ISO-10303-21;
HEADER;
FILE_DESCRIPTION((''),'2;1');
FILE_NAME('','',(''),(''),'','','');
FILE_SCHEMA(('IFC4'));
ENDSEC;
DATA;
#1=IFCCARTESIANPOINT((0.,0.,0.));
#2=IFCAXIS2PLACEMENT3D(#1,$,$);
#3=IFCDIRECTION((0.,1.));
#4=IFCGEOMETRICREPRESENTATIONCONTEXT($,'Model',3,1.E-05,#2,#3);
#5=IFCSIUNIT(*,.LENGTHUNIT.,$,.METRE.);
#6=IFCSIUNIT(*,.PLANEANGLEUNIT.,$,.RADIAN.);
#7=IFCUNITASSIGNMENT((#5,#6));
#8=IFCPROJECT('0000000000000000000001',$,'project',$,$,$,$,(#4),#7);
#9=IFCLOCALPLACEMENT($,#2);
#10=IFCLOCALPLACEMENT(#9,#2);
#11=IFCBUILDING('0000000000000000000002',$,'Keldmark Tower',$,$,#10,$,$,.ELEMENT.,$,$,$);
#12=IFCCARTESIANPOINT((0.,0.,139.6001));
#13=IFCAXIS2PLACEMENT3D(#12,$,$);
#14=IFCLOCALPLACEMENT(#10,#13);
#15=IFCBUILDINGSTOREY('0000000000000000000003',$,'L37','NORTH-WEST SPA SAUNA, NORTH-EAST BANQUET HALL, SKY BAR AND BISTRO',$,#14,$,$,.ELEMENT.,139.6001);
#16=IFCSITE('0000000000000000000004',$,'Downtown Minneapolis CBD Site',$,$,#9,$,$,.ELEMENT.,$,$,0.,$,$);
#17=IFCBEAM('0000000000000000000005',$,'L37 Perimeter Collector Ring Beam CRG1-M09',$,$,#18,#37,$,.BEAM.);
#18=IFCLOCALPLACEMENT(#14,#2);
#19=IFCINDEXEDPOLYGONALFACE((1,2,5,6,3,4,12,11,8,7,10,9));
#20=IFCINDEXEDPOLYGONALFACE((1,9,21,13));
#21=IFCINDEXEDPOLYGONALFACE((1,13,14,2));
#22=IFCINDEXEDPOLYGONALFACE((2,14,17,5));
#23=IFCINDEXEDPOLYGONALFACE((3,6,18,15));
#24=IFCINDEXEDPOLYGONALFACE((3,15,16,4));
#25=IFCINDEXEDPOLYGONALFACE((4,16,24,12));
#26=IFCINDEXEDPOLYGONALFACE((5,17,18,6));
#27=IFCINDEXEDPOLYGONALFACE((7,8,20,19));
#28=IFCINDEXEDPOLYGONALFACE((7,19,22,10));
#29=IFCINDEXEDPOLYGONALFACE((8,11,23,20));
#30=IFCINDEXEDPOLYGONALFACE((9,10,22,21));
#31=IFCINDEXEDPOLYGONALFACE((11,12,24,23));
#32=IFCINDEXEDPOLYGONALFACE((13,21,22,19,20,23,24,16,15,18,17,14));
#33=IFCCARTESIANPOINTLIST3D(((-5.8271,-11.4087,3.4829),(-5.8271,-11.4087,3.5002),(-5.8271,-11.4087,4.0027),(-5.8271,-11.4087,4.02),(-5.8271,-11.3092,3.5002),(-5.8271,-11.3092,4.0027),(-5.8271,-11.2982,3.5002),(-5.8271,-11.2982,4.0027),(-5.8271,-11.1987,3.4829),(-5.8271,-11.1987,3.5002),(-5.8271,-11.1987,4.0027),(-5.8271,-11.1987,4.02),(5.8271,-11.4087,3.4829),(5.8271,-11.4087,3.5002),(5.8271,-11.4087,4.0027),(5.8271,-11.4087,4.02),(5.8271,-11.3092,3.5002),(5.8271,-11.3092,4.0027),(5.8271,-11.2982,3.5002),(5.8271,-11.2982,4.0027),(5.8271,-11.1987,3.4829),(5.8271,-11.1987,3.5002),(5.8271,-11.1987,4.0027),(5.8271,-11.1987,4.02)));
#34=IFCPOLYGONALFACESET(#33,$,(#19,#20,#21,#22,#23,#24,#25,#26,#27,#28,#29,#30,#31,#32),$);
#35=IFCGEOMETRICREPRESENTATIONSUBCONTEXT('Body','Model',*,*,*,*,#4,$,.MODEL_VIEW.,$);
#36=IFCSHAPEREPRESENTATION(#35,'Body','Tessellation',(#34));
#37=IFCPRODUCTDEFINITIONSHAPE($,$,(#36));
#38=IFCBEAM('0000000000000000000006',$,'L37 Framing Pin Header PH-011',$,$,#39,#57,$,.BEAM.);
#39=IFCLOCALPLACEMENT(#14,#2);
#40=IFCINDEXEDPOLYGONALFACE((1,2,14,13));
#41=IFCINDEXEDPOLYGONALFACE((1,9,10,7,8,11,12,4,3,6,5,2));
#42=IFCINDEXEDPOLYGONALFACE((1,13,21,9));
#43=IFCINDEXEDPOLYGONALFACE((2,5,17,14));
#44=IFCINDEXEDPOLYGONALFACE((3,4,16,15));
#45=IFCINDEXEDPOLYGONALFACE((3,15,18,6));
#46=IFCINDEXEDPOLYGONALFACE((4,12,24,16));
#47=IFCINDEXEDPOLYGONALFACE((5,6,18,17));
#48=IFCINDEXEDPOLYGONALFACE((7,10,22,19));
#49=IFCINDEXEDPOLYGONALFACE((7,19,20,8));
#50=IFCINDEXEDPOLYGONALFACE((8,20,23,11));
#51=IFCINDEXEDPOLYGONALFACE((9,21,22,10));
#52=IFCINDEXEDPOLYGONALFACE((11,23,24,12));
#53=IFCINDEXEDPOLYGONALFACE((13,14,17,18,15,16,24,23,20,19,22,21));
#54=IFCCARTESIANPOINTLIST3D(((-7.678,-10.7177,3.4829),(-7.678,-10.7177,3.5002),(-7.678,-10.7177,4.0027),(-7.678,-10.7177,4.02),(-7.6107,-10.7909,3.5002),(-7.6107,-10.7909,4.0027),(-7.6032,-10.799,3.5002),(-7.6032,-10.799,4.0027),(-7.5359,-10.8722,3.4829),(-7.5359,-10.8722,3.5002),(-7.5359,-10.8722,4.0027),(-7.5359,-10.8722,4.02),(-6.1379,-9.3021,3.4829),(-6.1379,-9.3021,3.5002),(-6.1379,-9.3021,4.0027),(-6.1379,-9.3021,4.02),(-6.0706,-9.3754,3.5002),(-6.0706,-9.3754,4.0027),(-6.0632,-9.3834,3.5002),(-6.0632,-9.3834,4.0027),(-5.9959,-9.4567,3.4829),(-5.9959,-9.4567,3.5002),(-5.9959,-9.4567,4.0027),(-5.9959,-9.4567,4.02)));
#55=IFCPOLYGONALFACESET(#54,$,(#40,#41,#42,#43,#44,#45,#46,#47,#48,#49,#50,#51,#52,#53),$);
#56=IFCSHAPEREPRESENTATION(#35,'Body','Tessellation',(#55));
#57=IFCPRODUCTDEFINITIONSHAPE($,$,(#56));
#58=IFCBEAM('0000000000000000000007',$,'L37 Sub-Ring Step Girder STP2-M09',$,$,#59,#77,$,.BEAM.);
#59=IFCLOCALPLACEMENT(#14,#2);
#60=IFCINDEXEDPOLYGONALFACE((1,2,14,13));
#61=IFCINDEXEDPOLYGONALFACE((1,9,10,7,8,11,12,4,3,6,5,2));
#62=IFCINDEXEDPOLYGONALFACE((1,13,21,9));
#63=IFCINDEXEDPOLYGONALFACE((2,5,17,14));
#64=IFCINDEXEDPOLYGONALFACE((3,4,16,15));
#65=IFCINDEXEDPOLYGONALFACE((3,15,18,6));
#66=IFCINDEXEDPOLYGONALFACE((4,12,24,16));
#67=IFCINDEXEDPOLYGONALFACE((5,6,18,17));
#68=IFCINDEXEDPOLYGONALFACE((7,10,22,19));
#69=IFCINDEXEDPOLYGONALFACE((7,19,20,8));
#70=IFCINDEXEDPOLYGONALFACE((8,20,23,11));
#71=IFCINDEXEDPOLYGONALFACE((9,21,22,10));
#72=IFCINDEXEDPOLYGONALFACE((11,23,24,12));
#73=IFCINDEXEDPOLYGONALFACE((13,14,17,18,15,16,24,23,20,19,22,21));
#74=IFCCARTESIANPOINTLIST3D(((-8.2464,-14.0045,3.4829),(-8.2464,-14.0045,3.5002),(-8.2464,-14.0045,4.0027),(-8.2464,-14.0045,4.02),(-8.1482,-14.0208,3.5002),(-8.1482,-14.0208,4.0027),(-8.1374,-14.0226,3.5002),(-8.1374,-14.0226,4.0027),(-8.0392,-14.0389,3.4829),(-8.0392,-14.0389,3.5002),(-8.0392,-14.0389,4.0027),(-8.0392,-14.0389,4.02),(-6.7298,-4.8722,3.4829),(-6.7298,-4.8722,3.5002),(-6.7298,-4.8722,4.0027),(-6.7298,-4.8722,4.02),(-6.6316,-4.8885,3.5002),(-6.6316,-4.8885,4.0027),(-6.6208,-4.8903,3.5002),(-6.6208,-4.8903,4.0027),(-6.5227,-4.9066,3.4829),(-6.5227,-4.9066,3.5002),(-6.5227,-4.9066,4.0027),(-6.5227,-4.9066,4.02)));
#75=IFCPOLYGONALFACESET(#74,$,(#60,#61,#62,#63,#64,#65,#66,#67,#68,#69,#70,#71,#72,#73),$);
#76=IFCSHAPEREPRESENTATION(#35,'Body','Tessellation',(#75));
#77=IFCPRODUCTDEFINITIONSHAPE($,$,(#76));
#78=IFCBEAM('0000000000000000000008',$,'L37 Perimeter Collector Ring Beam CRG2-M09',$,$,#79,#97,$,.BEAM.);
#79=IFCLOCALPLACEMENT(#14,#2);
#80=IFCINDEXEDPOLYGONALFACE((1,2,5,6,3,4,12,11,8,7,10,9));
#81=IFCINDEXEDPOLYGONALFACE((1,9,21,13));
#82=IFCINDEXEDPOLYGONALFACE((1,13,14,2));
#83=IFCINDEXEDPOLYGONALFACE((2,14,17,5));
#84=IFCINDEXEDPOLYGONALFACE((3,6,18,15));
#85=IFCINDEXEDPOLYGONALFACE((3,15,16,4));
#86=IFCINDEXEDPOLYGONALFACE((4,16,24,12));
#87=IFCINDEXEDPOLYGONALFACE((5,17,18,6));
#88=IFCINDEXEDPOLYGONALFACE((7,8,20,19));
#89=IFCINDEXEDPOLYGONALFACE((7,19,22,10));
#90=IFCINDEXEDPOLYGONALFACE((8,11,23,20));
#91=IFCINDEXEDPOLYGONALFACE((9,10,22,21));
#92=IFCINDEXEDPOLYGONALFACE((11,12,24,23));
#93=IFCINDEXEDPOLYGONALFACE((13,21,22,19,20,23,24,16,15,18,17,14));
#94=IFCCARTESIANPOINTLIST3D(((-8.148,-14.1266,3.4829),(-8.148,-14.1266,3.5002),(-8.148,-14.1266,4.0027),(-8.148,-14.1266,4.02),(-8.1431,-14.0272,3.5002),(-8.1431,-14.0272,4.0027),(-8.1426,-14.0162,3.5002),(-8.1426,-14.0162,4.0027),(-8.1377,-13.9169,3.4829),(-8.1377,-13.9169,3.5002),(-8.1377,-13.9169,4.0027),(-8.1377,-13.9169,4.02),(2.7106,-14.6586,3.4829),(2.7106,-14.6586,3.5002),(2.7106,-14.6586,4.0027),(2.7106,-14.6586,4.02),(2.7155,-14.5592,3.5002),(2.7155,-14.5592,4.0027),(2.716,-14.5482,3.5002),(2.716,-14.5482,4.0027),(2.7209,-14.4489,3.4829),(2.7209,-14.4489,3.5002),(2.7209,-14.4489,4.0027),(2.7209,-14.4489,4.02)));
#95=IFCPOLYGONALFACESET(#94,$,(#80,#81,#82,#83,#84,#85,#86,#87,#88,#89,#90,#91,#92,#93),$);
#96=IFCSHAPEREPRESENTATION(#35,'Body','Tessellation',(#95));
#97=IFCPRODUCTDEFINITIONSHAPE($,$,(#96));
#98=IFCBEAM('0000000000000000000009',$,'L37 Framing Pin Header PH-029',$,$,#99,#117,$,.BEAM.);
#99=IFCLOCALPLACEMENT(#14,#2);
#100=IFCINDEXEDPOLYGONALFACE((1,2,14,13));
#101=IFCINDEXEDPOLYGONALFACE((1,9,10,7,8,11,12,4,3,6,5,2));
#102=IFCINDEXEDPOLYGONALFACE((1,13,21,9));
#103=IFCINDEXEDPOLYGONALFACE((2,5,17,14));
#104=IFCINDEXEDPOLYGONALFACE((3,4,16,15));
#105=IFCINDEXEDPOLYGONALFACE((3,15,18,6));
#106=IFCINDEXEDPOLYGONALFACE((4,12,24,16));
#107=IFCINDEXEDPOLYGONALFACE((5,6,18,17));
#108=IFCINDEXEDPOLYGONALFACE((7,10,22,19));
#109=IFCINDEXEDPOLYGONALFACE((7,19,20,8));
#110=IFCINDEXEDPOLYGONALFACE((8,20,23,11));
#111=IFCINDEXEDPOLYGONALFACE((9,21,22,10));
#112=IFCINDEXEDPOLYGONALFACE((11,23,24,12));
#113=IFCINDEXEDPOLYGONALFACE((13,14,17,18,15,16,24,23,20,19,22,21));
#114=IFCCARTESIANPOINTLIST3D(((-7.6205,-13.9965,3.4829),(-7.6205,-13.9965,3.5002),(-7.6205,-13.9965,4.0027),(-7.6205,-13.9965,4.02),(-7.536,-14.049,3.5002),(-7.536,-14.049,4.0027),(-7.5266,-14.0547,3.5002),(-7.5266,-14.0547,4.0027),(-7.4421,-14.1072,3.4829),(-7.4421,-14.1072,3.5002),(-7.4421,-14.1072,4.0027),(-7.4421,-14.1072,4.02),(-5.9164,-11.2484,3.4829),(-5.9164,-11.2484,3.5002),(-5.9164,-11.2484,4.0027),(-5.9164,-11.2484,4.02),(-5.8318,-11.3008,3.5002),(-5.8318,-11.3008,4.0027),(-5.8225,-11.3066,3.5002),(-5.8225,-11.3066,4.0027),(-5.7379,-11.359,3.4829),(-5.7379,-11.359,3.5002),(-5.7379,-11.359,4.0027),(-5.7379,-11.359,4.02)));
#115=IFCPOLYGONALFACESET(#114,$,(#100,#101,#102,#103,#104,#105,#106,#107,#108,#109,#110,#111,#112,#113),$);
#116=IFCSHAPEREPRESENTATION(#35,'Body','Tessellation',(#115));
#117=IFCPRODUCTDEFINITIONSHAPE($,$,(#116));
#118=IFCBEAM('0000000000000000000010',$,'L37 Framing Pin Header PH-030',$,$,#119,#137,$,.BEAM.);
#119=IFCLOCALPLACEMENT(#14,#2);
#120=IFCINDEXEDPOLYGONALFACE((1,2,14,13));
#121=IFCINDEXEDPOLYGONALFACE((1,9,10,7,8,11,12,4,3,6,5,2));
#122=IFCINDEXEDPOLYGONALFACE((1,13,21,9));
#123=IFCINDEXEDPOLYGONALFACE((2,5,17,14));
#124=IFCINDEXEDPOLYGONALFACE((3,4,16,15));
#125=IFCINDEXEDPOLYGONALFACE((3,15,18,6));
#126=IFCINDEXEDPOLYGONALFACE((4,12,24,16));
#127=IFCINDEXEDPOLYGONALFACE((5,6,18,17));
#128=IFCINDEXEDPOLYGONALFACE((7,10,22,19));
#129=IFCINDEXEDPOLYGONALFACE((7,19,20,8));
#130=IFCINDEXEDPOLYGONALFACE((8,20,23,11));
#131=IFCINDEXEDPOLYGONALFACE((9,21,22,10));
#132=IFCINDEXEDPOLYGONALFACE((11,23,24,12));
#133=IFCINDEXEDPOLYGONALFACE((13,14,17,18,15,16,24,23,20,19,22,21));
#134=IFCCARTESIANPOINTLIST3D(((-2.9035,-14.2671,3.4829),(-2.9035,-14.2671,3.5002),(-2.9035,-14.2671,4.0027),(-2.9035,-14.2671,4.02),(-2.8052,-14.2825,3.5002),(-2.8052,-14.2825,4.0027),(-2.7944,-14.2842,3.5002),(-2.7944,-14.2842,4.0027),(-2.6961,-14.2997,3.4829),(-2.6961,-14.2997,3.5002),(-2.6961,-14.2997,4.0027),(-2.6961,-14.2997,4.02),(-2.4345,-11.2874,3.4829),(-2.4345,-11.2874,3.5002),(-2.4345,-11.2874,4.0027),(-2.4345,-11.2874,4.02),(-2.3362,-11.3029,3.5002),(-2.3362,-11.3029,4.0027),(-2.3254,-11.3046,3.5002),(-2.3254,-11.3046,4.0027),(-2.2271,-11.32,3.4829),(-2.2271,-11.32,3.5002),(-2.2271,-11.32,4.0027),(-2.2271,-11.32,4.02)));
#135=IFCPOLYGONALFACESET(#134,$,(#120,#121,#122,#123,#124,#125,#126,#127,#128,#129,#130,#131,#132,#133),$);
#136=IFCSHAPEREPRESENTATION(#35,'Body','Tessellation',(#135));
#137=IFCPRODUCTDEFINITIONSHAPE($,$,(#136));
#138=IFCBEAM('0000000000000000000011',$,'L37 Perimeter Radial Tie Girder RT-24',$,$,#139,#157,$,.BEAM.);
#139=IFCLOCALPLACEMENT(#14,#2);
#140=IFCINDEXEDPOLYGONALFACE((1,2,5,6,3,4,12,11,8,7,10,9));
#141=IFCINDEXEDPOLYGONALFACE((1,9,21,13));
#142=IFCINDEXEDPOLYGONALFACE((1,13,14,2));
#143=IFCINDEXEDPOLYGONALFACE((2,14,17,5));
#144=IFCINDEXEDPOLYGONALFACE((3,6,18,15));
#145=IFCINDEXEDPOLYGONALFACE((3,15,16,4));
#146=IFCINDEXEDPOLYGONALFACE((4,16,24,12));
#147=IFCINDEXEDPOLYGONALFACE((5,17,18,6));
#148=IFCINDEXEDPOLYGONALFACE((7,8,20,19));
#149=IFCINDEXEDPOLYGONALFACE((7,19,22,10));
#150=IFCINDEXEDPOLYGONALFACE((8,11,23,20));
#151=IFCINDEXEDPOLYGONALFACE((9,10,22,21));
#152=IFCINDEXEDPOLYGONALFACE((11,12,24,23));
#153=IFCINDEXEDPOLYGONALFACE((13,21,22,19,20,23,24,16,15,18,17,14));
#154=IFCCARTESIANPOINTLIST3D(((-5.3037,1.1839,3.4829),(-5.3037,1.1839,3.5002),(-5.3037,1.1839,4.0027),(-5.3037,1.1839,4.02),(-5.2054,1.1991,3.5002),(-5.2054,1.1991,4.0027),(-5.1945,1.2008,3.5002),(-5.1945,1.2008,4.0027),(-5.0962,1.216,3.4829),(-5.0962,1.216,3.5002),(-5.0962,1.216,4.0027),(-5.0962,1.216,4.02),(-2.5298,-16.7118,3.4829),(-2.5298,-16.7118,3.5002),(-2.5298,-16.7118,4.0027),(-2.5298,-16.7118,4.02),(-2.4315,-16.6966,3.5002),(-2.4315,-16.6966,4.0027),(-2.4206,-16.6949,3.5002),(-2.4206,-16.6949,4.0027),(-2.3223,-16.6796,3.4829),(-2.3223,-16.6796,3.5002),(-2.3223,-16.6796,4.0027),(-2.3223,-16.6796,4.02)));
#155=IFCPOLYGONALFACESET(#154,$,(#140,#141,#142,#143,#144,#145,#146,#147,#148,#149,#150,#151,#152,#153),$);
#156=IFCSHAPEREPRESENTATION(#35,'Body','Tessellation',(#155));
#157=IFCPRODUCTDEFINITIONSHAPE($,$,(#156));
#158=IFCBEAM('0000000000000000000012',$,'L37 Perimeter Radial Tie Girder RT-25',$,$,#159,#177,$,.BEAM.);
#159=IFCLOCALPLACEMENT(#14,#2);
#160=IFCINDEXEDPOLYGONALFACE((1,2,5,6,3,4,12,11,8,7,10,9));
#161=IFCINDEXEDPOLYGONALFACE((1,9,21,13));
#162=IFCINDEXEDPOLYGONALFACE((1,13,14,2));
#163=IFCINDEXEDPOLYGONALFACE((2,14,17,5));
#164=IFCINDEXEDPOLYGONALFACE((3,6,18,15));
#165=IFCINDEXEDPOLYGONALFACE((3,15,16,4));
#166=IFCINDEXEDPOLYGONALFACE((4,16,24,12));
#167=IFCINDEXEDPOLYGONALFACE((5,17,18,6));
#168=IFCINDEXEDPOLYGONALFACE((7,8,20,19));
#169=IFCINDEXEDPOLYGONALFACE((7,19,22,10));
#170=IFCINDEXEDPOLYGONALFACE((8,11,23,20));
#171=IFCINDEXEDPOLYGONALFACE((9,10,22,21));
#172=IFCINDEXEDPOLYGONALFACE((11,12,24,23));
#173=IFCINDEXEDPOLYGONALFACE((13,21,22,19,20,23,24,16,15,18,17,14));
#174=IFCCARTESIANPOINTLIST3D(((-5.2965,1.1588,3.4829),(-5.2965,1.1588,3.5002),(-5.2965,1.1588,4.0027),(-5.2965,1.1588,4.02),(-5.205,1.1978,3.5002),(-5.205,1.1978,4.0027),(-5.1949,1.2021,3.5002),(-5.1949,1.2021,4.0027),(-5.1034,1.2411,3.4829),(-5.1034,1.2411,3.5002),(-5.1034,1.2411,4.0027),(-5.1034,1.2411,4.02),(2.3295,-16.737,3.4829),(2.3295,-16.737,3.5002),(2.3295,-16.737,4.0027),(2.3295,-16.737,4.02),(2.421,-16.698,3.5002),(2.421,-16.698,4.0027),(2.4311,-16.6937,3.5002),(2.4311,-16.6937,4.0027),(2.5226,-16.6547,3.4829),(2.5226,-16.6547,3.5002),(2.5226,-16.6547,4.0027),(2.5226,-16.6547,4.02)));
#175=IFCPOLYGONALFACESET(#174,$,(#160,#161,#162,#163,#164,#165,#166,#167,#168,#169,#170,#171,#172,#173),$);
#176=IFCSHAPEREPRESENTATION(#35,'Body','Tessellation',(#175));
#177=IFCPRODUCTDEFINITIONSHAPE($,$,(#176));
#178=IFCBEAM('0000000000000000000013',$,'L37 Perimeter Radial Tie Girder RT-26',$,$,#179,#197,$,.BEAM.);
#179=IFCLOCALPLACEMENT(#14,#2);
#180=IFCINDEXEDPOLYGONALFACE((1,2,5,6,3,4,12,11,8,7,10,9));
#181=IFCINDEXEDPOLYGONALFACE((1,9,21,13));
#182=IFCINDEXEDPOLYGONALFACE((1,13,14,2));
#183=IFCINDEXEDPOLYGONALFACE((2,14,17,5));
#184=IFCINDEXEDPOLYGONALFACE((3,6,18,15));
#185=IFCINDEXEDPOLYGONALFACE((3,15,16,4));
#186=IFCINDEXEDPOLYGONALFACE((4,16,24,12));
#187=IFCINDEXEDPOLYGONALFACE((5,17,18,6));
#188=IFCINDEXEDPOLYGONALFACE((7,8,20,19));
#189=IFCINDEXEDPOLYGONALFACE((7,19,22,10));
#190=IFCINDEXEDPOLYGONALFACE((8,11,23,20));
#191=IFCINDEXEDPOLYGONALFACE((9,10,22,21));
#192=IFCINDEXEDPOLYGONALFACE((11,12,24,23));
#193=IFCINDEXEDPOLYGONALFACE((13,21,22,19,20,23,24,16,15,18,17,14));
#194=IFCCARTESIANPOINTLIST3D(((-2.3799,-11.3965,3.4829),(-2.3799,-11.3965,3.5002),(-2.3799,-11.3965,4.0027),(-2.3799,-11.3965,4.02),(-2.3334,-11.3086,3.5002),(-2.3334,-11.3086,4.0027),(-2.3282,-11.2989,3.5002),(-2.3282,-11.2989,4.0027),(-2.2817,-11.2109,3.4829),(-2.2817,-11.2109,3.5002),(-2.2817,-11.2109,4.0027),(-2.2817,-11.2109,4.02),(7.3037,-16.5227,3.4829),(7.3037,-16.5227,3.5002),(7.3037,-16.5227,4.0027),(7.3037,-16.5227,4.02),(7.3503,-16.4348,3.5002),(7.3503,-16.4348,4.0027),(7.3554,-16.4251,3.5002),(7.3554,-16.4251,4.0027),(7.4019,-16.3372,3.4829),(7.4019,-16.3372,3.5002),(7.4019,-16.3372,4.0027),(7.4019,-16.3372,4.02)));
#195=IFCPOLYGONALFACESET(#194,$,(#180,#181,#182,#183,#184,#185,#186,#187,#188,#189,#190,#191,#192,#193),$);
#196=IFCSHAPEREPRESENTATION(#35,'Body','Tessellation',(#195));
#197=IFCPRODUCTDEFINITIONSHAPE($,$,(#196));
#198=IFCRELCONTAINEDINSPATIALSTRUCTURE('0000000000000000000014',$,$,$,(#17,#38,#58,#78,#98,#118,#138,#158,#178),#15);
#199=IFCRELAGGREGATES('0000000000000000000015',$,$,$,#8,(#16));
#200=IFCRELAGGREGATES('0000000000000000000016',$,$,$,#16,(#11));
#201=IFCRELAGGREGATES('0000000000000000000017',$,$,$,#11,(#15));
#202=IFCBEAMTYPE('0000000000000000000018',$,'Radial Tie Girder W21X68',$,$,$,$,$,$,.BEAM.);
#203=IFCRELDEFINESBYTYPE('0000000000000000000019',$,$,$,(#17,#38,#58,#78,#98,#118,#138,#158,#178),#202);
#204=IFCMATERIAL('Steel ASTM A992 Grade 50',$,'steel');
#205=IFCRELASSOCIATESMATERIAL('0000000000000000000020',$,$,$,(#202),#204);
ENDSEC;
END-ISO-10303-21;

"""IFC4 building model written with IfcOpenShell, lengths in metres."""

from ifc_helpers import new_model, si_unit, direction, frame, origin, origin_2d, place, context, subcontext, project, spatial, i_section, extrude, material, material_profile, profile_set, type_object, element, save


model = new_model("IFC4")

# Units and contexts
model_context = context("Model", 3, precision=1e-05, world=origin(), true_north=direction((0.0, 1.0)))
body_context = subcontext(model_context, "Body", "Model", "MODEL_VIEW")
ifc_project = project(units=[si_unit("LENGTHUNIT", "METRE"), si_unit("PLANEANGLEUNIT", "RADIAN")], contexts=[model_context])

# Site, building, storey
site_placement = place(None, origin())
site = spatial("IfcSite", under=ifc_project, at=site_placement, Name="Downtown Minneapolis CBD Site", CompositionType="ELEMENT", RefElevation=0.0)
building_placement = place(site_placement, origin())
building = spatial("IfcBuilding", under=site, at=building_placement, Name="Keldmark Tower", CompositionType="ELEMENT")
storey_placement = place(building_placement, frame((0.0, 0.0, 139.6001)))
storey = spatial("IfcBuildingStorey", under=building, at=storey_placement, Name="L37", Description="NORTH-WEST SPA SAUNA, NORTH-EAST BANQUET HALL, SKY BAR AND BISTRO", CompositionType="ELEMENT", Elevation=139.6001)

# Beams
ifc_material_1 = material(Name="Steel ASTM A992 Grade 50", Category="steel")
ifc_material_profile_1 = material_profile(ifc_material_1, i_section(OverallWidth=0.21, OverallDepth=0.5371, WebThickness=0.011, FlangeThickness=0.0173, at=origin_2d()), Name="W21X68")
ifc_profile_set_1 = profile_set([ifc_material_profile_1], Name="Steel ASTM A992 Grade 50")
beam_type_1 = type_object("IfcBeamType", Name="Radial Tie Girder W21X68", PredefinedType="BEAM", material=ifc_profile_set_1)
beam_1_placement = place(storey_placement, frame((-5.8271, -11.3037, 3.7515), z_axis=(1.0, 0.0, 0.0), x_axis=(0.0, 1.0, 0.0)))
element("IfcBeam", 1, at=beam_1_placement, inside=storey, type_object=beam_type_1, Name="L37 Perimeter Collector Ring Beam CRG1-M09", PredefinedType="BEAM", context=body_context, shape_type="SweptSolid", body=[
    extrude(i_section(OverallWidth=0.21, OverallDepth=0.5371, WebThickness=0.011, FlangeThickness=0.0173, at=origin_2d()), origin(), (0.0, 0.0, 1.0), 11.6543),
])
beam_2_placement = place(storey_placement, frame((-6.0669, -9.3794, 3.7515), z_axis=(-0.736243, -0.676718, 0.0), x_axis=(0.676718, -0.736243, 0.0)))
element("IfcBeam", 2, at=beam_2_placement, inside=storey, type_object=beam_type_1, Name="L37 Framing Pin Header PH-011", PredefinedType="BEAM", context=body_context, shape_type="SweptSolid", body=[
    extrude(i_section(OverallWidth=0.21, OverallDepth=0.5371, WebThickness=0.011, FlangeThickness=0.0173, at=origin_2d()), origin(), (0.0, 0.0, 1.0), 2.0918),
])
beam_3_placement = place(storey_placement, frame((-6.6262, -4.8894, 3.7515), z_axis=(-0.163826, -0.986489, 0.0), x_axis=(0.986489, -0.163826, 0.0)))
element("IfcBeam", 3, at=beam_3_placement, inside=storey, type_object=beam_type_1, Name="L37 Sub-Ring Step Girder STP2-M09", PredefinedType="BEAM", context=body_context, shape_type="SweptSolid", body=[
    extrude(i_section(OverallWidth=0.21, OverallDepth=0.5371, WebThickness=0.011, FlangeThickness=0.0173, at=origin_2d()), origin(), (0.0, 0.0, 1.0), 9.2573),
])
beam_4_placement = place(storey_placement, frame((-8.1428, -14.0217, 3.7515), z_axis=(0.998802, -0.048933, 0.0), x_axis=(0.048933, 0.998802, 0.0)))
element("IfcBeam", 4, at=beam_4_placement, inside=storey, type_object=beam_type_1, Name="L37 Perimeter Collector Ring Beam CRG2-M09", PredefinedType="BEAM", context=body_context, shape_type="SweptSolid", body=[
    extrude(i_section(OverallWidth=0.21, OverallDepth=0.5371, WebThickness=0.011, FlangeThickness=0.0173, at=origin_2d()), origin(), (0.0, 0.0, 1.0), 10.8716),
])
beam_5_placement = place(storey_placement, frame((-5.8271, -11.3037, 3.7515), z_axis=(-0.527009, -0.849859, 0.0), x_axis=(0.849859, -0.527009, 0.0)))
element("IfcBeam", 5, at=beam_5_placement, inside=storey, type_object=beam_type_1, Name="L37 Framing Pin Header PH-029", PredefinedType="BEAM", context=body_context, shape_type="SweptSolid", body=[
    extrude(i_section(OverallWidth=0.21, OverallDepth=0.5371, WebThickness=0.011, FlangeThickness=0.0173, at=origin_2d()), origin(), (0.0, 0.0, 1.0), 3.2336),
])
beam_6_placement = place(storey_placement, frame((-2.3308, -11.3037, 3.7515), z_axis=(-0.15548, -0.987839, 0.0), x_axis=(0.987839, -0.15548, 0.0)))
element("IfcBeam", 6, at=beam_6_placement, inside=storey, type_object=beam_type_1, Name="L37 Framing Pin Header PH-030", PredefinedType="BEAM", context=body_context, shape_type="SweptSolid", body=[
    extrude(i_section(OverallWidth=0.21, OverallDepth=0.5371, WebThickness=0.011, FlangeThickness=0.0173, at=origin_2d()), origin(), (0.0, 0.0, 1.0), 3.0164),
])
beam_7_placement = place(storey_placement, frame((-5.2, 1.2, 3.7515), z_axis=(0.153175, -0.988199, 0.0), x_axis=(0.988199, 0.153175, 0.0)))
element("IfcBeam", 7, at=beam_7_placement, inside=storey, type_object=beam_type_1, Name="L37 Perimeter Radial Tie Girder RT-24", PredefinedType="BEAM", context=body_context, shape_type="SweptSolid", body=[
    extrude(i_section(OverallWidth=0.21, OverallDepth=0.5371, WebThickness=0.011, FlangeThickness=0.0173, at=origin_2d()), origin(), (0.0, 0.0, 1.0), 18.1094),
])
beam_8_placement = place(storey_placement, frame((-5.2, 1.2, 3.7515), z_axis=(0.392024, -0.919955, 0.0), x_axis=(0.919955, 0.392024, 0.0)))
element("IfcBeam", 8, at=beam_8_placement, inside=storey, type_object=beam_type_1, Name="L37 Perimeter Radial Tie Girder RT-25", PredefinedType="BEAM", context=body_context, shape_type="SweptSolid", body=[
    extrude(i_section(OverallWidth=0.21, OverallDepth=0.5371, WebThickness=0.011, FlangeThickness=0.0173, at=origin_2d()), origin(), (0.0, 0.0, 1.0), 19.4529),
])
beam_9_placement = place(storey_placement, frame((-2.3308, -11.3037, 3.7515), z_axis=(0.883803, -0.46786, 0.0), x_axis=(0.46786, 0.883803, 0.0)))
element("IfcBeam", 9, at=beam_9_placement, inside=storey, type_object=beam_type_1, Name="L37 Perimeter Radial Tie Girder RT-26", PredefinedType="BEAM", context=body_context, shape_type="SweptSolid", body=[
    extrude(i_section(OverallWidth=0.21, OverallDepth=0.5371, WebThickness=0.011, FlangeThickness=0.0173, at=origin_2d()), origin(), (0.0, 0.0, 1.0), 10.9568),
])

save(model, "model.ifc")
